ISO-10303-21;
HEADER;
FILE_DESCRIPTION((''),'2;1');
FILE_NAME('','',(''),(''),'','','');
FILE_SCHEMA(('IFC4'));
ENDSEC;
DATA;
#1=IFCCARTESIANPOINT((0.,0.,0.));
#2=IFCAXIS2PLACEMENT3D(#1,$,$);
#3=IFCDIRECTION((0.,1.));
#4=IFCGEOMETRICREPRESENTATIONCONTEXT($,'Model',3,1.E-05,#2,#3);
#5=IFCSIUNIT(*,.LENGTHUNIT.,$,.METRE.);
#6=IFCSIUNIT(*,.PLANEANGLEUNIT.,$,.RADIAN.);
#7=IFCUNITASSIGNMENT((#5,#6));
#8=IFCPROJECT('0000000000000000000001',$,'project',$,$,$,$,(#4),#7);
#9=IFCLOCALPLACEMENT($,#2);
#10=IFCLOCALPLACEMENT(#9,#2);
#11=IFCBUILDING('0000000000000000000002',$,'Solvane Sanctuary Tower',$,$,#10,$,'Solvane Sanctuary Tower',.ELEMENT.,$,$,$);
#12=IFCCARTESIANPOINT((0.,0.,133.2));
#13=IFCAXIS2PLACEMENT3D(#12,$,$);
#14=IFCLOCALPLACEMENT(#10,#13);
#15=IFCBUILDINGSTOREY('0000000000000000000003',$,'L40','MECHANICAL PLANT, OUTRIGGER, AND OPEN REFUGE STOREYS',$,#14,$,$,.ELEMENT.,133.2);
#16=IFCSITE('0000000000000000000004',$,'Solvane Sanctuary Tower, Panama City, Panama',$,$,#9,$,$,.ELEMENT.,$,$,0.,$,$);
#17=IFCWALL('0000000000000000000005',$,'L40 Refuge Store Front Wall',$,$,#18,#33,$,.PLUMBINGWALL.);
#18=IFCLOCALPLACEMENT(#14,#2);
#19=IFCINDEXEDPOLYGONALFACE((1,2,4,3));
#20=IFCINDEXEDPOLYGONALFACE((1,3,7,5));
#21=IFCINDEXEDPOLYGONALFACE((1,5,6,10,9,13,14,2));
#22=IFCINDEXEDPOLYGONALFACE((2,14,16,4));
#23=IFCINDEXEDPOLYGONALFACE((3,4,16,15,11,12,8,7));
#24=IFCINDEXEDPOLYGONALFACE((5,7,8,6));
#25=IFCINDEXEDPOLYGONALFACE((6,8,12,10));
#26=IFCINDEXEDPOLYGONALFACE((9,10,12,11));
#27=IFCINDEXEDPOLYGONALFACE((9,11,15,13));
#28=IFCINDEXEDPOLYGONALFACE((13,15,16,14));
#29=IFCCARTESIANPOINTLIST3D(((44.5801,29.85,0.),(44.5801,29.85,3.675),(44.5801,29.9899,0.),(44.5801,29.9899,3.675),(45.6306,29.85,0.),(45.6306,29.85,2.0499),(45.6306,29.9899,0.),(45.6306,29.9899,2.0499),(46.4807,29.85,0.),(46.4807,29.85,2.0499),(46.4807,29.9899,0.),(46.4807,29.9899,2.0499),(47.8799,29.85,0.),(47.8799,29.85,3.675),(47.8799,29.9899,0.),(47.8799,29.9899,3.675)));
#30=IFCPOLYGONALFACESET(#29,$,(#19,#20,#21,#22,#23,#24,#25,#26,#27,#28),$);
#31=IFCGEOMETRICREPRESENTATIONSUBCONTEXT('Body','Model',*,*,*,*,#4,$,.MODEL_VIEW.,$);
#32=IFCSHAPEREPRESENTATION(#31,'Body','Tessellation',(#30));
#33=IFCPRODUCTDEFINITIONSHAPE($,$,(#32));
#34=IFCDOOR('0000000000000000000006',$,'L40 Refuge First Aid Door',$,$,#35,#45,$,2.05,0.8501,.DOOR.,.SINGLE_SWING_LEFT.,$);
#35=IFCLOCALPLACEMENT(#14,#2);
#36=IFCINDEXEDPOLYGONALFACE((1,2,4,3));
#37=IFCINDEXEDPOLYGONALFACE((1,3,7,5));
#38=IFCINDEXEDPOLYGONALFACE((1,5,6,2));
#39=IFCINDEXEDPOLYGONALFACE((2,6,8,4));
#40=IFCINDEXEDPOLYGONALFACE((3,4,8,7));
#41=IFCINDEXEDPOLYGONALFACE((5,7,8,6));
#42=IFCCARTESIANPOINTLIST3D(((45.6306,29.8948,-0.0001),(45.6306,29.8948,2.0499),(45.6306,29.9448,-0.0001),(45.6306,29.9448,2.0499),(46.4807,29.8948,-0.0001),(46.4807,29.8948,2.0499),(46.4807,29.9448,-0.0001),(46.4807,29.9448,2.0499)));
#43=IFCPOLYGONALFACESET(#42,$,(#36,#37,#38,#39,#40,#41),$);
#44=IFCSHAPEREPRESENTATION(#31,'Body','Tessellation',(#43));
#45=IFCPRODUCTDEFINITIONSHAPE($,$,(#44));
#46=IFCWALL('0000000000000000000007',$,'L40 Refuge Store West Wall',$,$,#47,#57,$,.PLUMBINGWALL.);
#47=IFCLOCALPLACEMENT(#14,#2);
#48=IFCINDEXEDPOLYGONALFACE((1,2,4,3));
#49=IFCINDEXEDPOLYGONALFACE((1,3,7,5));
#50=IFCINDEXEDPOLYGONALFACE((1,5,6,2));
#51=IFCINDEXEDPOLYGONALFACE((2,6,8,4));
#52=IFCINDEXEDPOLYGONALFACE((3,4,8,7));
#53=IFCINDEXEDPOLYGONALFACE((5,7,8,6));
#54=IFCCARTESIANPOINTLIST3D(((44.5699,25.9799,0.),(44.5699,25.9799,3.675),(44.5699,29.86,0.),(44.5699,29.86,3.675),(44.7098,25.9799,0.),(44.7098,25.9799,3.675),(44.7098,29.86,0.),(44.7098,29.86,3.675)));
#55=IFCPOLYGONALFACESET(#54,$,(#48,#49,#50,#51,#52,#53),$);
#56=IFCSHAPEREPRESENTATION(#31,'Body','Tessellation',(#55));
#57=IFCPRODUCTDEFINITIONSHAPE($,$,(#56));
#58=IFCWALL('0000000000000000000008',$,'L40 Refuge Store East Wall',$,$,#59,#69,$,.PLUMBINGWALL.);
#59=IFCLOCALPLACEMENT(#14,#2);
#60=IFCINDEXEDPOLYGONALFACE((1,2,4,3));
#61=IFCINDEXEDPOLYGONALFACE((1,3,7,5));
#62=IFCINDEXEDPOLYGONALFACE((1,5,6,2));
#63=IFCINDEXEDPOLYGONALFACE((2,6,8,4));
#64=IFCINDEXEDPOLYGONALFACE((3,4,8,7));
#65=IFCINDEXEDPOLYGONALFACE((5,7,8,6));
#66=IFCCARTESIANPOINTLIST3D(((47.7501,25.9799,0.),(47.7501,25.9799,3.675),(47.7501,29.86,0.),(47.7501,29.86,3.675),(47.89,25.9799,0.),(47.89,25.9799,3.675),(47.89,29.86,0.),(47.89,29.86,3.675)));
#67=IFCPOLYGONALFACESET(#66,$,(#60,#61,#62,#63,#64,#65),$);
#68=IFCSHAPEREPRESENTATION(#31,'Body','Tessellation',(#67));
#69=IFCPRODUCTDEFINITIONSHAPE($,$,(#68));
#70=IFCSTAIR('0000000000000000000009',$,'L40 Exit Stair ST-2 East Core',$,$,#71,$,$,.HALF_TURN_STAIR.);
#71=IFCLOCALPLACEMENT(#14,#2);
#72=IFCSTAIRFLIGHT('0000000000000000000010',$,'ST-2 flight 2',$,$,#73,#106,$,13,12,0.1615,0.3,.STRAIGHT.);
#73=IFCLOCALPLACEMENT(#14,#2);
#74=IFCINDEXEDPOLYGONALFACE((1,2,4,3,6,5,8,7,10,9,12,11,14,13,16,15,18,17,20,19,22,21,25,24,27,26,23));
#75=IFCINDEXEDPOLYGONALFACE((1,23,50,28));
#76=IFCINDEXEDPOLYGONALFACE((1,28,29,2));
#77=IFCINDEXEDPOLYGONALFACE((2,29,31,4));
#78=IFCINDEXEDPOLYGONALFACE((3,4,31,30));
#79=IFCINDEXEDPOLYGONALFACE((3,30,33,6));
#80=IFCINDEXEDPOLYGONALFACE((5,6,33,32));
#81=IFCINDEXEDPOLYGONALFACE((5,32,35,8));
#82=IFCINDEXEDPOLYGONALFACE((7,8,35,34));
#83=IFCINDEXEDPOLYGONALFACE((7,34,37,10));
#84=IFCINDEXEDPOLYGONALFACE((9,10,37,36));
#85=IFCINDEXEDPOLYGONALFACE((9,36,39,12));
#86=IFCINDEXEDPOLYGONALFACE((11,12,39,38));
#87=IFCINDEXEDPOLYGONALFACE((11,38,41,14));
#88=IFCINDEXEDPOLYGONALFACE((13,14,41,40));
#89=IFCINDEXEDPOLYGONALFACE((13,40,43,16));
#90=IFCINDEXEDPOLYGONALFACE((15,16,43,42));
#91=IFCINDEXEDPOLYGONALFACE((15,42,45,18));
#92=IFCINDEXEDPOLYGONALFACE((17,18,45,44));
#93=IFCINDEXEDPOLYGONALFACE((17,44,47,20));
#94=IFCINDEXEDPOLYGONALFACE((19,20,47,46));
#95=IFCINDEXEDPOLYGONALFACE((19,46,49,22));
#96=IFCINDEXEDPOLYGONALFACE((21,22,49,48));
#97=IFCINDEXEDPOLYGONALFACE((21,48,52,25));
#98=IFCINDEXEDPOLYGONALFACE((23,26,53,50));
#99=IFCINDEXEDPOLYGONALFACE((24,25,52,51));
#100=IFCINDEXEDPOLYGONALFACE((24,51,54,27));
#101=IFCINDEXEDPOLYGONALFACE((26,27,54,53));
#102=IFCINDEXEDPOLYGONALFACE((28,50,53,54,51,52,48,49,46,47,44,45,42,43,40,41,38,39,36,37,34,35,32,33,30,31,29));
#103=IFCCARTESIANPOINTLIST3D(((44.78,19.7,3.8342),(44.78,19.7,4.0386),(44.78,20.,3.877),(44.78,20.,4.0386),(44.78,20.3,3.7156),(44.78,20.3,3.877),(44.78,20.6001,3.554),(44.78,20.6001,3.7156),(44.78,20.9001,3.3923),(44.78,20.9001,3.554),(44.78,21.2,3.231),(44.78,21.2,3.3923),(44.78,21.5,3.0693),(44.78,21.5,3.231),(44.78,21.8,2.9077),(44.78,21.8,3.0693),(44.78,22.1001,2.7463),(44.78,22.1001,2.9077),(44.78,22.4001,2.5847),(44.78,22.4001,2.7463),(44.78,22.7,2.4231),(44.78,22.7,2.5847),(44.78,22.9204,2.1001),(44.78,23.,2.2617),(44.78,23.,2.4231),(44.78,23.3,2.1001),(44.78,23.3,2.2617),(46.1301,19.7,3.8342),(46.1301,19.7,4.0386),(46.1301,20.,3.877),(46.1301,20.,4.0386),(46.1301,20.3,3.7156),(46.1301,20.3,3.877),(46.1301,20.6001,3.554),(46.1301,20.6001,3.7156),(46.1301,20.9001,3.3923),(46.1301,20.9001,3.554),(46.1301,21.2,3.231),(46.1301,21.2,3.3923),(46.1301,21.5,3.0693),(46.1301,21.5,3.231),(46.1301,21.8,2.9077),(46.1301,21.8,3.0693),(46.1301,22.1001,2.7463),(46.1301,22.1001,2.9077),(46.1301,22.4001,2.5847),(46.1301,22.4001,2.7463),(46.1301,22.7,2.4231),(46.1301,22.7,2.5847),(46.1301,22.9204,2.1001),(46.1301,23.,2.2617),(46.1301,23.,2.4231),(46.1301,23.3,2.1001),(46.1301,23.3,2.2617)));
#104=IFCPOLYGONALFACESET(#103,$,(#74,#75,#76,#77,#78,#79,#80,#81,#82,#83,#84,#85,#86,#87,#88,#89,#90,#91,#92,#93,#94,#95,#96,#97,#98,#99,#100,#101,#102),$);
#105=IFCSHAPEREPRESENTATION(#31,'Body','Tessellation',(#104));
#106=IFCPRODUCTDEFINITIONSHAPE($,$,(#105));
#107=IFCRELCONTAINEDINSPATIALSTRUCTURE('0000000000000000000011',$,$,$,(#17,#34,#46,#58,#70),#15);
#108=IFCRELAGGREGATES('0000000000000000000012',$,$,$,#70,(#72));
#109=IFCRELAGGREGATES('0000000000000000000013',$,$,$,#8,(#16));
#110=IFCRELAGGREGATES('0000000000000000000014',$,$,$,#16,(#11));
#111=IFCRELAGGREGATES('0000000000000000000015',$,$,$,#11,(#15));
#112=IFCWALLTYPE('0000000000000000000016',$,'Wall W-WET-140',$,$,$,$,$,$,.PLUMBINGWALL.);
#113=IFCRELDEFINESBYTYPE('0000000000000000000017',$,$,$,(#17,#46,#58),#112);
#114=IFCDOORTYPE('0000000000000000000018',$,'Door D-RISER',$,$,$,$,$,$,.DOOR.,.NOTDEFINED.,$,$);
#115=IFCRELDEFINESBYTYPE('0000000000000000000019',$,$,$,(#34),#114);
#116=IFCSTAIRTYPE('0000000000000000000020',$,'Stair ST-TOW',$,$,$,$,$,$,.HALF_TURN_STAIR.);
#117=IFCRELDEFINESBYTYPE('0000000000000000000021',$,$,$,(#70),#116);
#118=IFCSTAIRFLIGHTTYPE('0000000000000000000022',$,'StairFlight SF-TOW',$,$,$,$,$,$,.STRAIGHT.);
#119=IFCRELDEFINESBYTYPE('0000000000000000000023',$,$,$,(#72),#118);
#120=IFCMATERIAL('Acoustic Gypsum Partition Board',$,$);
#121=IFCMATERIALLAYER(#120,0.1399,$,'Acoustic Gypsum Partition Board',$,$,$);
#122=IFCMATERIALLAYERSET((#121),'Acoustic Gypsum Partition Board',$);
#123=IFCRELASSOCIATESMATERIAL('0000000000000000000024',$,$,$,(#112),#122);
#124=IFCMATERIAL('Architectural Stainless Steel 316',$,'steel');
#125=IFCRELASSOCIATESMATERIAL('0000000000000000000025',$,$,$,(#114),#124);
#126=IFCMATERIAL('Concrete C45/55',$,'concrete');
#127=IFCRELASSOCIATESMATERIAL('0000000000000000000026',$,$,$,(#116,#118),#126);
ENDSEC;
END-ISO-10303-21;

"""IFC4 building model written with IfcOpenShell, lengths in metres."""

from ifc_helpers import new_model, si_unit, direction, frame, frame_2d, origin, place, context, subcontext, project, spatial, polyline, rectangle, outline, extrude, material, layer, layer_set, type_object, element, fill, aggregate, save


model = new_model("IFC4")

# Units and contexts
model_context = context("Model", 3, precision=1e-05, world=origin(), true_north=direction((0.0, 1.0)))
body_context = subcontext(model_context, "Body", "Model", "MODEL_VIEW")
ifc_project = project(units=[si_unit("LENGTHUNIT", "METRE"), si_unit("PLANEANGLEUNIT", "RADIAN")], contexts=[model_context])

# Site, building, storey
site_placement = place(None, origin())
site = spatial("IfcSite", under=ifc_project, at=site_placement, Name="Solvane Sanctuary Tower, Panama City, Panama", CompositionType="ELEMENT", RefElevation=0.0)
building_placement = place(site_placement, origin())
building = spatial("IfcBuilding", under=site, at=building_placement, Name="Solvane Sanctuary Tower", LongName="Solvane Sanctuary Tower", CompositionType="ELEMENT")
storey_placement = place(building_placement, frame((0.0, 0.0, 133.2)))
storey = spatial("IfcBuildingStorey", under=building, at=storey_placement, Name="L40", Description="MECHANICAL PLANT, OUTRIGGER, AND OPEN REFUGE STOREYS", CompositionType="ELEMENT", Elevation=133.2)

# Shared definitions
ifc_material_1 = material(Name="Acoustic Gypsum Partition Board")

# Shared definitions
ifc_material_2 = material(Name="Architectural Stainless Steel 316", Category="steel")

# Wall, opening, door
ifc_layer_1 = layer(ifc_material_1, 0.1399, Name="Acoustic Gypsum Partition Board")
ifc_layer_set_1 = layer_set([ifc_layer_1], Name="Acoustic Gypsum Partition Board")
wall_type_1 = type_object("IfcWallType", Name="Wall W-WET-140", PredefinedType="PLUMBINGWALL", material=ifc_layer_set_1)
wall_1_placement = place(storey_placement, frame((44.5801, 29.9199, 0.0), z_axis=(0.0, 0.0, 1.0), x_axis=(1.0, 0.0, 0.0)))
wall_1 = element("IfcWall", 1, at=wall_1_placement, inside=storey, type_object=wall_type_1, Name="L40 Refuge Store Front Wall", PredefinedType="PLUMBINGWALL", context=body_context, shape_type="SweptSolid", body=[
    extrude(rectangle(XDim=3.2998, YDim=0.1399, at=frame_2d((1.6499, 0.0))), origin(), (0.0, 0.0, 1.0), 3.675),
])
opening_1_placement = place(wall_1_placement, frame((1.0505, 0.0, 0.0)))
opening_1 = element("IfcOpeningElement", 2, at=opening_1_placement, cuts=wall_1, PredefinedType="OPENING", context=body_context, shape_type="SweptSolid", body=[
    extrude(rectangle(XDim=0.8501, YDim=2.05, at=frame_2d((0.425, 1.0249))), frame((0.0, 0.0798, 0.0), z_axis=(0.0, -1.0, 0.0), x_axis=(1.0, 0.0, 0.0)), (0.0, 0.0, 1.0), 0.1599),
])
door_type_1 = type_object("IfcDoorType", Name="Door D-RISER", OperationType="NOTDEFINED", PredefinedType="DOOR", material=ifc_material_2)
door_1_placement = place(opening_1_placement, origin())
door_1 = element("IfcDoor", 3, at=door_1_placement, inside=storey, type_object=door_type_1, Name="L40 Refuge First Aid Door", OperationType="SINGLE_SWING_LEFT", OverallHeight=2.05, OverallWidth=0.8501, PredefinedType="DOOR", context=body_context, shape_type="SweptSolid", body=[
    extrude(rectangle(XDim=0.8501, YDim=2.05, at=frame_2d((0.425, 1.0249))), frame((0.0, 0.0249, 0.0), z_axis=(0.0, -1.0, 0.0), x_axis=(1.0, 0.0, 0.0)), (0.0, 0.0, 1.0), 0.05),
])
fill(opening_1, door_1)

# Walls
for number, where, z_axis, x_axis, name in (
    (4, (44.6399, 25.98, 0.0), (0.0, 0.0, 1.0), (0.0, 1.0, 0.0), "L40 Refuge Store West Wall"),
    (5, (47.8201, 25.98, 0.0), (0.0, 0.0, 1.0), (0.0, 1.0, 0.0), "L40 Refuge Store East Wall"),
):
    element("IfcWall", number, at=place(storey_placement, frame(where, z_axis=z_axis, x_axis=x_axis)), inside=storey, type_object=wall_type_1, Name=name, PredefinedType="PLUMBINGWALL", context=body_context, shape_type="SweptSolid", body=[
        extrude(rectangle(XDim=3.8801, YDim=0.1399, at=frame_2d((1.9399, 0.0))), origin(), (0.0, 0.0, 1.0), 3.675),
    ])

# Stair, stair flight
ifc_material_3 = material(Name="Concrete C45/55", Category="concrete")
stair_type = type_object("IfcStairType", Name="Stair ST-TOW", PredefinedType="HALF_TURN_STAIR", material=ifc_material_3)
stair_placement = place(storey_placement, origin())
stair = element("IfcStair", 6, at=stair_placement, inside=storey, type_object=stair_type, Name="L40 Exit Stair ST-2 East Core", PredefinedType="HALF_TURN_STAIR")
stair_flight_type = type_object("IfcStairFlightType", Name="StairFlight SF-TOW", PredefinedType="STRAIGHT", material=ifc_material_3)
stair_flight_placement = place(storey_placement, frame((45.4551, 23.3, 2.1001), z_axis=(0.0, 0.0, 1.0), x_axis=(0.0, -1.0, 0.0)))
stair_flight = element("IfcStairFlight", 7, at=stair_flight_placement, type_object=stair_flight_type, Name="ST-2 flight 2", NumberOfRisers=13, NumberOfTreads=12, PredefinedType="STRAIGHT", RiserHeight=0.1615, TreadLength=0.3, context=body_context, shape_type="SweptSolid", body=[
    extrude(outline(polyline([(0.0, 0.0), (0.0, 0.1616), (0.3, 0.1616), (0.3, 0.323), (0.6001, 0.323), (0.6001, 0.4846), (0.8999, 0.4846), (0.8999, 0.6462), (1.2, 0.6462), (1.2, 0.8076), (1.5, 0.8076), (1.5, 0.9692), (1.8, 0.9692), (1.8, 1.1309), (2.1001, 1.1309), (2.1001, 1.2922), (2.3999, 1.2922), (2.3999, 1.4539), (2.7, 1.4539), (2.7, 1.6155), (3.0, 1.6155), (3.0, 1.7769), (3.3, 1.7769), (3.3, 1.9385), (3.6001, 1.9385), (3.6001, 2.1001), (3.6001, 1.7341), (0.3796, 0.0), (0.0, 0.0)])), frame((0.0, 0.675, 0.0), z_axis=(0.0, -1.0, 0.0), x_axis=(1.0, 0.0, 0.0)), (0.0, 0.0, 1.0), 1.3501),
])
aggregate(stair, [stair_flight])

save(model, "model.ifc")
